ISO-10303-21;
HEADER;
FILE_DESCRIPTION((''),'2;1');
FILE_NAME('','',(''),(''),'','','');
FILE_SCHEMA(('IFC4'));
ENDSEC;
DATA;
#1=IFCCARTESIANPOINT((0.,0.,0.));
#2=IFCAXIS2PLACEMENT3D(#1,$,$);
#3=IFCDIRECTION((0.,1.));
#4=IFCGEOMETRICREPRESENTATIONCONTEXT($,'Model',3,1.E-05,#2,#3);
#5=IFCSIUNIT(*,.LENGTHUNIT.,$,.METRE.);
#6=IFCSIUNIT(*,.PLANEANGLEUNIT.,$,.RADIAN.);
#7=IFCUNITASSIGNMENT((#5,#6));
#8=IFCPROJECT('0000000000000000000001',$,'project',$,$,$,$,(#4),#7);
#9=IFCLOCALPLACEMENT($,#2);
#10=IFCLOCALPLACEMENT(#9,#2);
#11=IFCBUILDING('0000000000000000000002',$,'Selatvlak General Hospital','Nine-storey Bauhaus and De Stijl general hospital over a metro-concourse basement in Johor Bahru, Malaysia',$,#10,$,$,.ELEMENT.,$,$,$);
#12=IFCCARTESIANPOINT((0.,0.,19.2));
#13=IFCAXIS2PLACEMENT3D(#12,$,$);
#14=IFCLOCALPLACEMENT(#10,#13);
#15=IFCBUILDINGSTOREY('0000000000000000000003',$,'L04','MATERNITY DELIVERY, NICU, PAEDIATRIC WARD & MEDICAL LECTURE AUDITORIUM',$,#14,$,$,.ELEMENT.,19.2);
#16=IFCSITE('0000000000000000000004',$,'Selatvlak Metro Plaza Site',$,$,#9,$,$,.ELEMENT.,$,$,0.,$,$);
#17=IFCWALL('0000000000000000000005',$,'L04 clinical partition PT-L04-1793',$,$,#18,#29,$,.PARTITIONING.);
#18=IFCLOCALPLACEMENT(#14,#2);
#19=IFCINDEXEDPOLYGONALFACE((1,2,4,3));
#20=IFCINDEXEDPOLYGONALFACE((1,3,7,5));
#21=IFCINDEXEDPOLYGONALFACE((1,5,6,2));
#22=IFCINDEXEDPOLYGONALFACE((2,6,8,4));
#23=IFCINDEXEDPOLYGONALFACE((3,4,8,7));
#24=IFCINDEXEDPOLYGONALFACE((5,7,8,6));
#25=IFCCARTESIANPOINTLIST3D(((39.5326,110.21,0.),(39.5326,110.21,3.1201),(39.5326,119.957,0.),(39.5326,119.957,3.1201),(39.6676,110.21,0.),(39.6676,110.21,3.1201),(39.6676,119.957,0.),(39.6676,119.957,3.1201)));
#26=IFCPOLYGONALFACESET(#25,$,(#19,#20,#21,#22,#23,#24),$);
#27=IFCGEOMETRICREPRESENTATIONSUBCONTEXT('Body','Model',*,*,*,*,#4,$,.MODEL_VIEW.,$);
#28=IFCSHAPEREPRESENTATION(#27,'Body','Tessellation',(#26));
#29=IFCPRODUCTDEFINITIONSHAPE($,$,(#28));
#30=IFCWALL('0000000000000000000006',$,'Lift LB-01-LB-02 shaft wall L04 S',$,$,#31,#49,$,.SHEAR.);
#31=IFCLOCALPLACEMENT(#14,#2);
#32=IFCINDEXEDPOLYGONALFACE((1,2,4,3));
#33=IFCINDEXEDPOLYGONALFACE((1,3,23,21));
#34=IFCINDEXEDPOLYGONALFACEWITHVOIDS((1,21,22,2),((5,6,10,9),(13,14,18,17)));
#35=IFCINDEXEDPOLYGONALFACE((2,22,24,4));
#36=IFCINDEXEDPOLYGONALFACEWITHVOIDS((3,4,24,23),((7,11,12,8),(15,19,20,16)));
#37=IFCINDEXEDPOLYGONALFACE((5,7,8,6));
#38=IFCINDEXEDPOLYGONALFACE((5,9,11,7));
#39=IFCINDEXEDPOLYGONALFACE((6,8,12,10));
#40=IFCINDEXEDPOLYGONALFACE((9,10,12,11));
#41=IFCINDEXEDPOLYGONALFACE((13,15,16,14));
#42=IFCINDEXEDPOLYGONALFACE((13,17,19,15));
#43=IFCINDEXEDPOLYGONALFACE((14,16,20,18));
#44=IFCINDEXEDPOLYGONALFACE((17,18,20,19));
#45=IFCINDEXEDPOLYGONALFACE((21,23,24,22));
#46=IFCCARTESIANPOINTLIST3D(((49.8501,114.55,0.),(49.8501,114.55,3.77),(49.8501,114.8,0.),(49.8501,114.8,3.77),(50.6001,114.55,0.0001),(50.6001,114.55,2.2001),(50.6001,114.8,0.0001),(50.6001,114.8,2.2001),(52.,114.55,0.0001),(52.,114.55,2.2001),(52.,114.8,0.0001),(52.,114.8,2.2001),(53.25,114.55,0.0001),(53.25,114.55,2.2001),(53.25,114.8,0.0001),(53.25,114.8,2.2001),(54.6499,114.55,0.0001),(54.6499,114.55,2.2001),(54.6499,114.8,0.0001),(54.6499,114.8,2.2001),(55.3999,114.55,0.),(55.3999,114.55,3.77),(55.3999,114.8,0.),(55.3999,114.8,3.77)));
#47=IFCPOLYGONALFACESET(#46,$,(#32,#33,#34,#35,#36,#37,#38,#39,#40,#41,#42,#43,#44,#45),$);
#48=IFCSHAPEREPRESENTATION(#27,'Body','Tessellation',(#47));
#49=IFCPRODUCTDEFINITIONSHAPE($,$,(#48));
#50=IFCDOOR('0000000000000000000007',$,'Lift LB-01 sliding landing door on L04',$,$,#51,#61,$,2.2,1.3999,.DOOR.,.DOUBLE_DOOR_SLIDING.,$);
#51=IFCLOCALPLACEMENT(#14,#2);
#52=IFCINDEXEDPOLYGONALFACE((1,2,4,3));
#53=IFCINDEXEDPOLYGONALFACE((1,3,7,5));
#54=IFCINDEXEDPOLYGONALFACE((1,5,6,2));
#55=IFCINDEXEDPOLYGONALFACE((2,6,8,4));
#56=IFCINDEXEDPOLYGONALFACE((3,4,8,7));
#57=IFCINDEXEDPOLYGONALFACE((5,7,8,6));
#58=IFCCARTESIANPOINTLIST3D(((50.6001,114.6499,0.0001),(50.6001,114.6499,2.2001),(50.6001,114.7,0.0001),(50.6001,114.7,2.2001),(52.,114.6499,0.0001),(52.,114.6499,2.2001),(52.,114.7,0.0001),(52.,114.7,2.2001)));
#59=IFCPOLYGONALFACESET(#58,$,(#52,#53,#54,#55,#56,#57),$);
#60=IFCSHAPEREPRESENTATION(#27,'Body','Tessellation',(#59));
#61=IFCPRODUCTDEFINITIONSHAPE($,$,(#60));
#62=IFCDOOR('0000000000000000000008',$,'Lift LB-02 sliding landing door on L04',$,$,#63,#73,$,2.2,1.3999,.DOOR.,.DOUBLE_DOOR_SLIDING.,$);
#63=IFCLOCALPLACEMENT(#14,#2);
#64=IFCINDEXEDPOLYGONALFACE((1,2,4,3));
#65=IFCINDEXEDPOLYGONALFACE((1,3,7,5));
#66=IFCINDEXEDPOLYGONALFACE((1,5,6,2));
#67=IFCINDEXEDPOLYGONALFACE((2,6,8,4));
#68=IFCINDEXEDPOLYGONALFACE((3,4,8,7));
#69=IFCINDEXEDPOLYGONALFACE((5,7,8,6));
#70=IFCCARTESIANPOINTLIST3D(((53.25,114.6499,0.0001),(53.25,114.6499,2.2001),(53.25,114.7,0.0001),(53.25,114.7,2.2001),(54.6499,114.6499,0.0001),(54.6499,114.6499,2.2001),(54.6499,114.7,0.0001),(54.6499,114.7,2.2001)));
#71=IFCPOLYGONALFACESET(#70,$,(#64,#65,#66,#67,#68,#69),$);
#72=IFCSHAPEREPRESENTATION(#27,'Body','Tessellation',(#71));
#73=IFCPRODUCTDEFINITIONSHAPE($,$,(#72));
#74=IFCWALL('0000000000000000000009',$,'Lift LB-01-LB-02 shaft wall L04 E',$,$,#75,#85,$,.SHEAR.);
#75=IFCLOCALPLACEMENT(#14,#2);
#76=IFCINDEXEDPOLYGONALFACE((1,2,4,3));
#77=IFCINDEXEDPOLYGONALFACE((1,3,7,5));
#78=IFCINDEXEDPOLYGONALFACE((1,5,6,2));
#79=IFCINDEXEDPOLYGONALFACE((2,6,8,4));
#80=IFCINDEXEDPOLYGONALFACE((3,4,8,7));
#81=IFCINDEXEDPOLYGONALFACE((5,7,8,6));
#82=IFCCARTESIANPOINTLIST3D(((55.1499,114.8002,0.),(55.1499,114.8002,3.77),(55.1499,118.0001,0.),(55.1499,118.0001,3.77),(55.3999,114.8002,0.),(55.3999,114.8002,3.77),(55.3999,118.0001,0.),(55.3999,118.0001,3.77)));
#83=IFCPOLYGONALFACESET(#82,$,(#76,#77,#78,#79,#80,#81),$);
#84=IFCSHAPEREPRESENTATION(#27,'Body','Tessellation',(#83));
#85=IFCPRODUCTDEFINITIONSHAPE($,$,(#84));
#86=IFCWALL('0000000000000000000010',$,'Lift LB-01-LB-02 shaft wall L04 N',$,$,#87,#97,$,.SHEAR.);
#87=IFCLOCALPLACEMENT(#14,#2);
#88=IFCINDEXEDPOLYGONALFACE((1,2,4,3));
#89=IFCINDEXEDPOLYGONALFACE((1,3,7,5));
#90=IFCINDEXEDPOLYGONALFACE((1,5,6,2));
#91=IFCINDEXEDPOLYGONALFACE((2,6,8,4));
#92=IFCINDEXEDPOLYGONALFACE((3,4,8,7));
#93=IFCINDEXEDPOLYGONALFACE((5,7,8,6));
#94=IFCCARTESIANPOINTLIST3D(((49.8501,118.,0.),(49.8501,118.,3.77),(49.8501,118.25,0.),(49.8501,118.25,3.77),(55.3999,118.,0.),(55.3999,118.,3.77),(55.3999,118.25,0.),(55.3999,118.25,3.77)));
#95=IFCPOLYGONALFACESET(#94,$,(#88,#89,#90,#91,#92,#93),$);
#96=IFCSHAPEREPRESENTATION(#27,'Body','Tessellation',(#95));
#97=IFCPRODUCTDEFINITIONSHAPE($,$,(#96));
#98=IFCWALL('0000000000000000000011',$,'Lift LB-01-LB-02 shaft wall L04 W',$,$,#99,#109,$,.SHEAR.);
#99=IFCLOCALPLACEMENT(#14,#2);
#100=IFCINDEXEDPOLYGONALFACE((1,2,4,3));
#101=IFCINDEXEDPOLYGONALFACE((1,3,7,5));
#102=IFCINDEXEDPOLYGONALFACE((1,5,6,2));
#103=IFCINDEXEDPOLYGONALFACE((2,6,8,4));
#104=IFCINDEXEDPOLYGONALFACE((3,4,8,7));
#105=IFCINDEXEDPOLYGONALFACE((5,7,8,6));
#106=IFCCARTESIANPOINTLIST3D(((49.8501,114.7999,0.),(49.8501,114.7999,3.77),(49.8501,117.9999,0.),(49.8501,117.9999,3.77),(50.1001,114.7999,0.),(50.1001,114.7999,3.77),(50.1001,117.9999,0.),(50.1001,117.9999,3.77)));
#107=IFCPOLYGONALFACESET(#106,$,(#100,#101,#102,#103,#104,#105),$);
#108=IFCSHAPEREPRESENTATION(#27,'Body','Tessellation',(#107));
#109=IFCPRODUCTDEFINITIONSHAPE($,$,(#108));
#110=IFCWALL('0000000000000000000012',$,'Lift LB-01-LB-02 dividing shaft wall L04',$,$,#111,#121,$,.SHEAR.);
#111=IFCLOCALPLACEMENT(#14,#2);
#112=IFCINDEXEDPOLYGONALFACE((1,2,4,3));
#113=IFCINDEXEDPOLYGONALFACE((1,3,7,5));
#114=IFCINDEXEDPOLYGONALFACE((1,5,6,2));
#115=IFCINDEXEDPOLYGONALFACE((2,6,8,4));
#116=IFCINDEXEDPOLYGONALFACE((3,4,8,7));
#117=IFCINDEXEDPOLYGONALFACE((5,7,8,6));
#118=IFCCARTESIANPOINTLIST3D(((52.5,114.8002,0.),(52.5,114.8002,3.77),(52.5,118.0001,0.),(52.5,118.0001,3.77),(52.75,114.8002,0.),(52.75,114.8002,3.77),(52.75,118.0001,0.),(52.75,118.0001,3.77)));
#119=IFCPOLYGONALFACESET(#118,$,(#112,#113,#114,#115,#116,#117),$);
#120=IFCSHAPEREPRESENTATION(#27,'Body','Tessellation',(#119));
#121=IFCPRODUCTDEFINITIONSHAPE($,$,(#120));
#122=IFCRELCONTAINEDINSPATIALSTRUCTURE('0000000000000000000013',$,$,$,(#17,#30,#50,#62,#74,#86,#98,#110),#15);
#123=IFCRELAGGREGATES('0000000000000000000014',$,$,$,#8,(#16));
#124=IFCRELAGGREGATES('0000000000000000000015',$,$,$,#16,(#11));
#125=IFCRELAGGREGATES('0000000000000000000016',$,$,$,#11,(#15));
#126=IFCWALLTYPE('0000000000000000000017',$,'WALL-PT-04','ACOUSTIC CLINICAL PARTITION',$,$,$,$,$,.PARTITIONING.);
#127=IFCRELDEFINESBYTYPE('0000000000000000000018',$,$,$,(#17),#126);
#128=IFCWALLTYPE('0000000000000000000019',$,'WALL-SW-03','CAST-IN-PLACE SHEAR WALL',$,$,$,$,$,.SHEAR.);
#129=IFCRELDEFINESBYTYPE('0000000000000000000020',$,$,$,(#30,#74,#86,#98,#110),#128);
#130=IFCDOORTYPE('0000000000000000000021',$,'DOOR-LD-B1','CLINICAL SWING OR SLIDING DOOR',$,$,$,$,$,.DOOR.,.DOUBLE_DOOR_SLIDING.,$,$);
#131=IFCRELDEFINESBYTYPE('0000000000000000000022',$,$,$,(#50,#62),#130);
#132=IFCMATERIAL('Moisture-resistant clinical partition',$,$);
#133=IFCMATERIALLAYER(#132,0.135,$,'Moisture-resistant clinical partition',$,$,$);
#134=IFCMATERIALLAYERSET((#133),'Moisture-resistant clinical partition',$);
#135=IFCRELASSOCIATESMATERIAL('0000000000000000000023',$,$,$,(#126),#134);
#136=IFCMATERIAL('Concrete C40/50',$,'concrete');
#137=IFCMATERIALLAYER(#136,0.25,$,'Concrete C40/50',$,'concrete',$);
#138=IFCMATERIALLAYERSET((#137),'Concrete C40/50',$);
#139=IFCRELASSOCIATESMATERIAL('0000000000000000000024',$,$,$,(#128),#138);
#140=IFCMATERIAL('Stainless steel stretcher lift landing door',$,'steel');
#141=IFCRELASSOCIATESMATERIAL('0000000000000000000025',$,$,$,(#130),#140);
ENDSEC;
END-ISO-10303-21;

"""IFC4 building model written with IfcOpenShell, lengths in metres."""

from ifc_helpers import new_model, si_unit, direction, frame, frame_2d, origin, place, context, subcontext, project, spatial, rectangle, extrude, material, layer, layer_set, type_object, element, fill, save


model = new_model("IFC4")

# Units and contexts
model_context = context("Model", 3, precision=1e-05, world=origin(), true_north=direction((0.0, 1.0)))
body_context = subcontext(model_context, "Body", "Model", "MODEL_VIEW")
ifc_project = project(units=[si_unit("LENGTHUNIT", "METRE"), si_unit("PLANEANGLEUNIT", "RADIAN")], contexts=[model_context])

# Site, building, storey
site_placement = place(None, origin())
site = spatial("IfcSite", under=ifc_project, at=site_placement, Name="Selatvlak Metro Plaza Site", CompositionType="ELEMENT", RefElevation=0.0)
building_placement = place(site_placement, origin())
building = spatial("IfcBuilding", under=site, at=building_placement, Name="Selatvlak General Hospital", Description="Nine-storey Bauhaus and De Stijl general hospital over a metro-concourse basement in Johor Bahru, Malaysia", CompositionType="ELEMENT")
storey_placement = place(building_placement, frame((0.0, 0.0, 19.2)))
storey = spatial("IfcBuildingStorey", under=building, at=storey_placement, Name="L04", Description="MATERNITY DELIVERY, NICU, PAEDIATRIC WARD & MEDICAL LECTURE AUDITORIUM", CompositionType="ELEMENT", Elevation=19.2)

# Shared definitions
ifc_material_1 = material(Name="Concrete C40/50", Category="concrete")

# Wall
ifc_material_2 = material(Name="Moisture-resistant clinical partition")
ifc_layer_1 = layer(ifc_material_2, 0.135, Name="Moisture-resistant clinical partition")
ifc_layer_set_1 = layer_set([ifc_layer_1], Name="Moisture-resistant clinical partition")
wall_type_1 = type_object("IfcWallType", Name="WALL-PT-04", Description="ACOUSTIC CLINICAL PARTITION", PredefinedType="PARTITIONING", material=ifc_layer_set_1)
wall_1_placement = place(storey_placement, frame((39.6001, 119.957, 0.0), z_axis=(0.0, 0.0, 1.0), x_axis=(0.0, -1.0, 0.0)))
element("IfcWall", 1, at=wall_1_placement, inside=storey, type_object=wall_type_1, Name="L04 clinical partition PT-L04-1793", PredefinedType="PARTITIONING", context=body_context, shape_type="SweptSolid", body=[
    extrude(rectangle(XDim=9.7471, YDim=0.135, at=frame_2d((4.8735, 0.0))), origin(), (0.0, 0.0, 1.0), 3.1201),
])

# Wall, openings, doors
ifc_layer_2 = layer(ifc_material_1, 0.25, Name="Concrete C40/50", Category="concrete")
ifc_layer_set_2 = layer_set([ifc_layer_2], Name="Concrete C40/50")
wall_type_2 = type_object("IfcWallType", Name="WALL-SW-03", Description="CAST-IN-PLACE SHEAR WALL", PredefinedType="SHEAR", material=ifc_layer_set_2)
wall_2_placement = place(storey_placement, frame((49.8501, 114.675, 0.0), z_axis=(0.0, 0.0, 1.0), x_axis=(1.0, 0.0, 0.0)))
wall_2 = element("IfcWall", 2, at=wall_2_placement, inside=storey, type_object=wall_type_2, Name="Lift LB-01-LB-02 shaft wall L04 S", PredefinedType="SHEAR", context=body_context, shape_type="SweptSolid", body=[
    extrude(rectangle(XDim=5.5498, YDim=0.25, at=frame_2d((2.7749, 0.0))), origin(), (0.0, 0.0, 1.0), 3.77),
])
opening_1_placement = place(wall_2_placement, frame((0.75, 0.0, 0.0)))
opening_1 = element("IfcOpeningElement", 3, at=opening_1_placement, cuts=wall_2, PredefinedType="OPENING", context=body_context, shape_type="SweptSolid", body=[
    extrude(rectangle(XDim=1.3999, YDim=2.2, at=frame_2d((0.7, 1.1001))), frame((0.0, 0.135, 0.0), z_axis=(0.0, -1.0, 0.0), x_axis=(1.0, 0.0, 0.0)), (0.0, 0.0, 1.0), 0.27),
])
opening_2_placement = place(wall_2_placement, frame((3.3999, 0.0, 0.0)))
opening_2 = element("IfcOpeningElement", 4, at=opening_2_placement, cuts=wall_2, PredefinedType="OPENING", context=body_context, shape_type="SweptSolid", body=[
    extrude(rectangle(XDim=1.3999, YDim=2.2, at=frame_2d((0.7, 1.1001))), frame((0.0, 0.135, 0.0), z_axis=(0.0, -1.0, 0.0), x_axis=(1.0, 0.0, 0.0)), (0.0, 0.0, 1.0), 0.27),
])
ifc_material_3 = material(Name="Stainless steel stretcher lift landing door", Category="steel")
door_type = type_object("IfcDoorType", Name="DOOR-LD-B1", Description="CLINICAL SWING OR SLIDING DOOR", OperationType="DOUBLE_DOOR_SLIDING", PredefinedType="DOOR", material=ifc_material_3)
door_1_placement = place(opening_1_placement, origin())
door_1 = element("IfcDoor", 5, at=door_1_placement, inside=storey, type_object=door_type, Name="Lift LB-01 sliding landing door on L04", OperationType="DOUBLE_DOOR_SLIDING", OverallHeight=2.2, OverallWidth=1.3999, PredefinedType="DOOR", context=body_context, shape_type="SweptSolid", body=[
    extrude(rectangle(XDim=1.3999, YDim=2.2, at=frame_2d((0.7, 1.1001))), frame((0.0, 0.0249, 0.0), z_axis=(0.0, -1.0, 0.0), x_axis=(1.0, 0.0, 0.0)), (0.0, 0.0, 1.0), 0.05),
])
fill(opening_1, door_1)
door_2_placement = place(opening_2_placement, origin())
door_2 = element("IfcDoor", 6, at=door_2_placement, inside=storey, type_object=door_type, Name="Lift LB-02 sliding landing door on L04", OperationType="DOUBLE_DOOR_SLIDING", OverallHeight=2.2, OverallWidth=1.3999, PredefinedType="DOOR", context=body_context, shape_type="SweptSolid", body=[
    extrude(rectangle(XDim=1.3999, YDim=2.2, at=frame_2d((0.7, 1.1001))), frame((0.0, 0.0249, 0.0), z_axis=(0.0, -1.0, 0.0), x_axis=(1.0, 0.0, 0.0)), (0.0, 0.0, 1.0), 0.05),
])
fill(opening_2, door_2)

# Walls
wall_3_placement = place(storey_placement, frame((55.2749, 114.8, 0.0), z_axis=(0.0, 0.0, 1.0), x_axis=(0.0, 1.0, 0.0)))
element("IfcWall", 7, at=wall_3_placement, inside=storey, type_object=wall_type_2, Name="Lift LB-01-LB-02 shaft wall L04 E", PredefinedType="SHEAR", context=body_context, shape_type="SweptSolid", body=[
    extrude(rectangle(XDim=3.2, YDim=0.25, at=frame_2d((1.6001, 0.0))), origin(), (0.0, 0.0, 1.0), 3.77),
])
wall_4_placement = place(storey_placement, frame((55.3999, 118.125, 0.0), z_axis=(0.0, 0.0, 1.0), x_axis=(-1.0, 0.0, 0.0)))
element("IfcWall", 8, at=wall_4_placement, inside=storey, type_object=wall_type_2, Name="Lift LB-01-LB-02 shaft wall L04 N", PredefinedType="SHEAR", context=body_context, shape_type="SweptSolid", body=[
    extrude(rectangle(XDim=5.5498, YDim=0.25, at=frame_2d((2.7749, 0.0))), origin(), (0.0, 0.0, 1.0), 3.77),
])
for number, where, z_axis, x_axis, name in (
    (9, (49.9751, 118.0, 0.0), (0.0, 0.0, 1.0), (0.0, -1.0, 0.0), "Lift LB-01-LB-02 shaft wall L04 W"),
    (10, (52.625, 114.8, 0.0), (0.0, 0.0, 1.0), (0.0, 1.0, 0.0), "Lift LB-01-LB-02 dividing shaft wall L04"),
):
    element("IfcWall", number, at=place(storey_placement, frame(where, z_axis=z_axis, x_axis=x_axis)), inside=storey, type_object=wall_type_2, Name=name, PredefinedType="SHEAR", context=body_context, shape_type="SweptSolid", body=[
        extrude(rectangle(XDim=3.2, YDim=0.25, at=frame_2d((1.6001, 0.0))), origin(), (0.0, 0.0, 1.0), 3.77),
    ])

save(model, "model.ifc")
